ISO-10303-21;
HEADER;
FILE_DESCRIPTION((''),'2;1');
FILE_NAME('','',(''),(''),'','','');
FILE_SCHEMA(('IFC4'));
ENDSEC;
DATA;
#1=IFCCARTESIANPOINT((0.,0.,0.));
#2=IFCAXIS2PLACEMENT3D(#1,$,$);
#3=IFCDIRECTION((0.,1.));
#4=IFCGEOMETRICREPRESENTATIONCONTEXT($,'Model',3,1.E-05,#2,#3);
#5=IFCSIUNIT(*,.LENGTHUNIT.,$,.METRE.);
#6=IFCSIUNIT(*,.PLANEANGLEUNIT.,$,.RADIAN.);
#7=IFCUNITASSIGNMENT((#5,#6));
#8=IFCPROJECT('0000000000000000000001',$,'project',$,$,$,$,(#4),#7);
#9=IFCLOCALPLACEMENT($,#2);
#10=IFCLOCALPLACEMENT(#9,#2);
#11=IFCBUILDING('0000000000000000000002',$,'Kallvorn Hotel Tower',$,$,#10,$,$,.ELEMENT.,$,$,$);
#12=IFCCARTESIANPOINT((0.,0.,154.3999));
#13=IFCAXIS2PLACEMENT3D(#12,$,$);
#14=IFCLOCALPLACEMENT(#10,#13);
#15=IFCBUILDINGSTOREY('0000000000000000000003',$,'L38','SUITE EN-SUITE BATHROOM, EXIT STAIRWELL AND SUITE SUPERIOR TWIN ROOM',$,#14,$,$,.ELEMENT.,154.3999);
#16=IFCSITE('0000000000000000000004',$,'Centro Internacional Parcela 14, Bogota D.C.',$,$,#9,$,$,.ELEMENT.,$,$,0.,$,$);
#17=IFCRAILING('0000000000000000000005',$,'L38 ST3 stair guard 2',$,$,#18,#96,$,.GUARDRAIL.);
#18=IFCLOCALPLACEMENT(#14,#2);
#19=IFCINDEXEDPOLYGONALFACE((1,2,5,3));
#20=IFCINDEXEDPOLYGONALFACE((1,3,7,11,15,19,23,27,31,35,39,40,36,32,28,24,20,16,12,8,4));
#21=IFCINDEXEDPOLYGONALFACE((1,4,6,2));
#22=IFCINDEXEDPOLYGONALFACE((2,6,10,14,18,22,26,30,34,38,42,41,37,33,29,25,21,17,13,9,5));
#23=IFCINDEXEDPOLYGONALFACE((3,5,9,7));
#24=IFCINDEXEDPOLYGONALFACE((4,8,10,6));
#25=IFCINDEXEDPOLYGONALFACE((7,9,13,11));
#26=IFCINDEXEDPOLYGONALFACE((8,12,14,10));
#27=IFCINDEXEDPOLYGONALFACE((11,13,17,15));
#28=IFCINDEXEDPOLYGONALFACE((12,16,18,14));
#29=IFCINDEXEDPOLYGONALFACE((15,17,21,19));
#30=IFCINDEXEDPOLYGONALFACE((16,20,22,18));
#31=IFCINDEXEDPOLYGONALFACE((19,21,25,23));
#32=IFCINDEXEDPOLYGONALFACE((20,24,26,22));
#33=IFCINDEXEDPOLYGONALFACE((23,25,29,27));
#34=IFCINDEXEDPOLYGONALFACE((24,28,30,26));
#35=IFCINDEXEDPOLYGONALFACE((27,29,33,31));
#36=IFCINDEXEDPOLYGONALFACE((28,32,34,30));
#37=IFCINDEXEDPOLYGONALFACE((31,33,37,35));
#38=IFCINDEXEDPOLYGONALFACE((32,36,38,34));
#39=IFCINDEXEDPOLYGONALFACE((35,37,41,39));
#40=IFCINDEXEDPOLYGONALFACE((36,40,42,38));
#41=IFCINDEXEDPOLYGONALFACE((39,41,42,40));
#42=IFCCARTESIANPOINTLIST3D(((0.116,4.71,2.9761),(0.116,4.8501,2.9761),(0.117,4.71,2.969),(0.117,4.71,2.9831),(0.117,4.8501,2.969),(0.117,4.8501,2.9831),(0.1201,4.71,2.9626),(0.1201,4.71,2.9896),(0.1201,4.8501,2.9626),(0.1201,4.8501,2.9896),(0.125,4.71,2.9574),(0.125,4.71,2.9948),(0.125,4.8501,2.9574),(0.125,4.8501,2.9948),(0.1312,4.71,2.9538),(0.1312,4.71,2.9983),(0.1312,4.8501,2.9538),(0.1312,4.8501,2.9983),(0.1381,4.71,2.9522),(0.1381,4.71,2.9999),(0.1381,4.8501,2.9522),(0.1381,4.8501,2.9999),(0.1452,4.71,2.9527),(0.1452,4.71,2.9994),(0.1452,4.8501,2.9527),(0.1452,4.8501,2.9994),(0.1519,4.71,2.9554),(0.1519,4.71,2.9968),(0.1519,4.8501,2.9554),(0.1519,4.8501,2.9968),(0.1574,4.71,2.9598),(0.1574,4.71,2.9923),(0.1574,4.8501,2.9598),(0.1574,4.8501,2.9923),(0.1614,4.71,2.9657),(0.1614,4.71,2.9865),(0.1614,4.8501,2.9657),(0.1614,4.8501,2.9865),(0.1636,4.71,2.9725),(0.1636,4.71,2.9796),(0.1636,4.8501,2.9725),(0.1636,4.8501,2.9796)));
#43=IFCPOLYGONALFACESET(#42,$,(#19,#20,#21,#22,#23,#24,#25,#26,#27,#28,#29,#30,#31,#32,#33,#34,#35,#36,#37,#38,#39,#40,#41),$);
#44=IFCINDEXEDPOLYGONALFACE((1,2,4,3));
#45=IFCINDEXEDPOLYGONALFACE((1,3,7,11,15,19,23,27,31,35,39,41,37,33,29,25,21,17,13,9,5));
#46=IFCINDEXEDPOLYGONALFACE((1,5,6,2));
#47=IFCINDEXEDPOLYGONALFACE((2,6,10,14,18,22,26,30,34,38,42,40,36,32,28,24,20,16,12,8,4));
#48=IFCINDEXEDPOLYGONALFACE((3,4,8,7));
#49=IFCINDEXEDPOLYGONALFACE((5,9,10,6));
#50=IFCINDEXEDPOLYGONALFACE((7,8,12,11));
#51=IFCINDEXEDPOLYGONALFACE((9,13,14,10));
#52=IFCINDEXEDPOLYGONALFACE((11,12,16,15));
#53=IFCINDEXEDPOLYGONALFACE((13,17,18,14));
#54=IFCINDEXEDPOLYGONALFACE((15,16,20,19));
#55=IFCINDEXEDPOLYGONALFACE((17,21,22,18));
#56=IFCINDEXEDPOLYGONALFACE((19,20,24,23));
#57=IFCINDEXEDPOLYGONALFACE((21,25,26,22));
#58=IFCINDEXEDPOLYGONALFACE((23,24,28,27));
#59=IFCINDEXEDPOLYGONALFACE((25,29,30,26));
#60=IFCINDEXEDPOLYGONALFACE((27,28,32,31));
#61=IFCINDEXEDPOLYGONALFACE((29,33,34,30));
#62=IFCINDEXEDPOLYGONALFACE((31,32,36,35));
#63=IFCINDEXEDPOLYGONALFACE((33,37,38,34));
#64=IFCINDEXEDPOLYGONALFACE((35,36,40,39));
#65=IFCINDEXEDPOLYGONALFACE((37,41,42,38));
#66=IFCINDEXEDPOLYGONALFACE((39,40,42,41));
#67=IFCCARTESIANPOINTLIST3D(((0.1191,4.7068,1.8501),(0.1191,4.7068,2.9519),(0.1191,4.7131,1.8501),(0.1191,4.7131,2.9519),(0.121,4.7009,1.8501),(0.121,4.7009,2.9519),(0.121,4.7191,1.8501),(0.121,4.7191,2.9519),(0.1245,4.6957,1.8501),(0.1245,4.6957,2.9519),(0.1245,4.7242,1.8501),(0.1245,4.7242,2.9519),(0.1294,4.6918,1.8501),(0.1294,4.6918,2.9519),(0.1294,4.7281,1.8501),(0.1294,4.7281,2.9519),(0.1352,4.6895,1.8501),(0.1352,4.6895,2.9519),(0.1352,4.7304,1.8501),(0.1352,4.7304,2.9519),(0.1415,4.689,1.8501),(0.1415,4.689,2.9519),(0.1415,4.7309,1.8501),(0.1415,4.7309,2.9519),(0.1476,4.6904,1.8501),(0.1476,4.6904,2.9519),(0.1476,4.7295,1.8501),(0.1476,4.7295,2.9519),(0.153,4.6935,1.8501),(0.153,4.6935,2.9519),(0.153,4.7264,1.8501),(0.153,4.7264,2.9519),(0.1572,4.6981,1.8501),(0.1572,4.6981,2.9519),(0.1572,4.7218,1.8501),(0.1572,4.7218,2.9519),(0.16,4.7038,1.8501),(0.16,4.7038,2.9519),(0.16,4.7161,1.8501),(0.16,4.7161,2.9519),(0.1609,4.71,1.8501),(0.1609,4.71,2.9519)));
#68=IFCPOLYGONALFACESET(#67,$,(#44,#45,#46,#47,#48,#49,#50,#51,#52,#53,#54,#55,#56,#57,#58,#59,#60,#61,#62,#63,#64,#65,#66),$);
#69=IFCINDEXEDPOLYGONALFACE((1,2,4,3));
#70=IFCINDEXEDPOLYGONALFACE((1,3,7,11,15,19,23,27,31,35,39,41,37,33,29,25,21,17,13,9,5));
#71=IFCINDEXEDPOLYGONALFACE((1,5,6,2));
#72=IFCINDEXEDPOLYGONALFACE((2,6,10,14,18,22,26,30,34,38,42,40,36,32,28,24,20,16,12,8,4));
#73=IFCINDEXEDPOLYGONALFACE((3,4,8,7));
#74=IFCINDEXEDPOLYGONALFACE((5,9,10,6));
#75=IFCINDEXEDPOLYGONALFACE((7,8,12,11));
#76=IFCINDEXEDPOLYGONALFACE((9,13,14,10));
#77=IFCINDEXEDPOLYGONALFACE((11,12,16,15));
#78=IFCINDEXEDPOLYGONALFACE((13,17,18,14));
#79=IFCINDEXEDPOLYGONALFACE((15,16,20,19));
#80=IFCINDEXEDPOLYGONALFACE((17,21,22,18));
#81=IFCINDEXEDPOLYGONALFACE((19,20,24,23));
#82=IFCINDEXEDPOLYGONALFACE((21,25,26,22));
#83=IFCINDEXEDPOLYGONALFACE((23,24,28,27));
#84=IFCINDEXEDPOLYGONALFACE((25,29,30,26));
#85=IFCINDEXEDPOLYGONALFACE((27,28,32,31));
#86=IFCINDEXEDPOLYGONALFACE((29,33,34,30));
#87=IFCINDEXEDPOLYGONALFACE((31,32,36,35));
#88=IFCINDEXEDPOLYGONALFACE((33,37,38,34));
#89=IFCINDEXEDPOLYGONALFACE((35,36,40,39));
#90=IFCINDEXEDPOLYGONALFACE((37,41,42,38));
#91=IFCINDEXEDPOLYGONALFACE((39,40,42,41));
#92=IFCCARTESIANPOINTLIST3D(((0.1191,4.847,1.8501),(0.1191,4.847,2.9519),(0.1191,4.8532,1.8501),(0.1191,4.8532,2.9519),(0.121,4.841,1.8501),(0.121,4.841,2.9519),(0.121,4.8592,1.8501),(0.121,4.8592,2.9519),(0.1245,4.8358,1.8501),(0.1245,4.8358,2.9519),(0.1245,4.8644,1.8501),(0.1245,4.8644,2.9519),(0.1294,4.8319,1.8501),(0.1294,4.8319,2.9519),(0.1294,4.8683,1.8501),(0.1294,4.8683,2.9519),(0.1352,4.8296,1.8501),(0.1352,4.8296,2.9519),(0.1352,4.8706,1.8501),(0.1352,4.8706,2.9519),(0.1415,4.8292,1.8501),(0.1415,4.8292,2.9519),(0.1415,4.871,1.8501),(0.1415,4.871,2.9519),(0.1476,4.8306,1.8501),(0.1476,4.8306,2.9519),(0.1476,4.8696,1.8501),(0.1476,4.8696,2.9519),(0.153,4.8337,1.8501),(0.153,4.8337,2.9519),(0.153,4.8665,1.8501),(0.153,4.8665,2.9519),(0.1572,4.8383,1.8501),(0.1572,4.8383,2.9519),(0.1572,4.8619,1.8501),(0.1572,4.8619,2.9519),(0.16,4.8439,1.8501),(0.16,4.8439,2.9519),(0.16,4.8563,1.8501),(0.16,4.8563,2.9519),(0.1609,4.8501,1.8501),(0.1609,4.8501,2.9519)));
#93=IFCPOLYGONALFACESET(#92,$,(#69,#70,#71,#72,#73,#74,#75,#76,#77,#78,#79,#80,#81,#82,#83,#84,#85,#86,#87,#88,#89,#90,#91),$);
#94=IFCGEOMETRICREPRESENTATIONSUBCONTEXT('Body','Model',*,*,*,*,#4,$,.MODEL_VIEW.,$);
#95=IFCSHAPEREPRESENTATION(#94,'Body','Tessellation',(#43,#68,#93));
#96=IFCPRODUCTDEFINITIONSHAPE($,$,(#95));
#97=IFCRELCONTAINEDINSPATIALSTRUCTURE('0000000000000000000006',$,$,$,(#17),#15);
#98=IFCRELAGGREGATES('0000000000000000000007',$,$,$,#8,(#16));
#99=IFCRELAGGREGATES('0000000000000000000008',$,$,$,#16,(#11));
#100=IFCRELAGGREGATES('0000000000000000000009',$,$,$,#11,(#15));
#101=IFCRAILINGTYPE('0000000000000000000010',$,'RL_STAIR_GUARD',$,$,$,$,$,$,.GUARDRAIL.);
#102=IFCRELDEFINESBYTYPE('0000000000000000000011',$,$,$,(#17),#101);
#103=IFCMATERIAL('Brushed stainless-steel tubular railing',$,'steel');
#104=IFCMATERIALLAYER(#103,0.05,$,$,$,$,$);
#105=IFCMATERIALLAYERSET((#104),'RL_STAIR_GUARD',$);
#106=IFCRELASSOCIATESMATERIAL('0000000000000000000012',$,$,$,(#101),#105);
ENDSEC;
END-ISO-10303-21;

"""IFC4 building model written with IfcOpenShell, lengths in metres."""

from ifc_helpers import new_model, si_unit, direction, frame, origin, origin_2d, place, context, subcontext, project, spatial, circle, extrude, material, layer, layer_set, type_object, element, save


model = new_model("IFC4")

# Units and contexts
model_context = context("Model", 3, precision=1e-05, world=origin(), true_north=direction((0.0, 1.0)))
body_context = subcontext(model_context, "Body", "Model", "MODEL_VIEW")
ifc_project = project(units=[si_unit("LENGTHUNIT", "METRE"), si_unit("PLANEANGLEUNIT", "RADIAN")], contexts=[model_context])

# Site, building, storey
site_placement = place(None, origin())
site = spatial("IfcSite", under=ifc_project, at=site_placement, Name="Centro Internacional Parcela 14, Bogota D.C.", CompositionType="ELEMENT", RefElevation=0.0)
building_placement = place(site_placement, origin())
building = spatial("IfcBuilding", under=site, at=building_placement, Name="Kallvorn Hotel Tower", CompositionType="ELEMENT")
storey_placement = place(building_placement, frame((0.0, 0.0, 154.3999)))
storey = spatial("IfcBuildingStorey", under=building, at=storey_placement, Name="L38", Description="SUITE EN-SUITE BATHROOM, EXIT STAIRWELL AND SUITE SUPERIOR TWIN ROOM", CompositionType="ELEMENT", Elevation=154.3999)

# Railing
ifc_material_1 = material(Name="Brushed stainless-steel tubular railing", Category="steel")
ifc_layer_1 = layer(ifc_material_1, 0.05)
ifc_layer_set_1 = layer_set([ifc_layer_1], Name="RL_STAIR_GUARD")
railing_type_1 = type_object("IfcRailingType", Name="RL_STAIR_GUARD", PredefinedType="GUARDRAIL", material=ifc_layer_set_1)
railing_1_placement = place(storey_placement, frame((0.1399, 4.71, 1.8501)))
element("IfcRailing", 1, at=railing_1_placement, inside=storey, type_object=railing_type_1, Name="L38 ST3 stair guard 2", PredefinedType="GUARDRAIL", context=body_context, shape_type="SweptSolid", body=[
    extrude(circle(Radius=0.0239, at=origin_2d()), frame((0.0, 0.0, 1.126), z_axis=(0.0, 1.0, 0.0), x_axis=(-1.0, 0.0, 0.0)), (0.0, 0.0, 1.0), 0.1401),
    extrude(circle(Radius=0.021, at=origin_2d()), origin(), (0.0, 0.0, 1.0), 1.1018),
    extrude(circle(Radius=0.021, at=origin_2d()), frame((0.0, 0.1401, 0.0)), (0.0, 0.0, 1.0), 1.1018),
])

save(model, "model.ifc")
